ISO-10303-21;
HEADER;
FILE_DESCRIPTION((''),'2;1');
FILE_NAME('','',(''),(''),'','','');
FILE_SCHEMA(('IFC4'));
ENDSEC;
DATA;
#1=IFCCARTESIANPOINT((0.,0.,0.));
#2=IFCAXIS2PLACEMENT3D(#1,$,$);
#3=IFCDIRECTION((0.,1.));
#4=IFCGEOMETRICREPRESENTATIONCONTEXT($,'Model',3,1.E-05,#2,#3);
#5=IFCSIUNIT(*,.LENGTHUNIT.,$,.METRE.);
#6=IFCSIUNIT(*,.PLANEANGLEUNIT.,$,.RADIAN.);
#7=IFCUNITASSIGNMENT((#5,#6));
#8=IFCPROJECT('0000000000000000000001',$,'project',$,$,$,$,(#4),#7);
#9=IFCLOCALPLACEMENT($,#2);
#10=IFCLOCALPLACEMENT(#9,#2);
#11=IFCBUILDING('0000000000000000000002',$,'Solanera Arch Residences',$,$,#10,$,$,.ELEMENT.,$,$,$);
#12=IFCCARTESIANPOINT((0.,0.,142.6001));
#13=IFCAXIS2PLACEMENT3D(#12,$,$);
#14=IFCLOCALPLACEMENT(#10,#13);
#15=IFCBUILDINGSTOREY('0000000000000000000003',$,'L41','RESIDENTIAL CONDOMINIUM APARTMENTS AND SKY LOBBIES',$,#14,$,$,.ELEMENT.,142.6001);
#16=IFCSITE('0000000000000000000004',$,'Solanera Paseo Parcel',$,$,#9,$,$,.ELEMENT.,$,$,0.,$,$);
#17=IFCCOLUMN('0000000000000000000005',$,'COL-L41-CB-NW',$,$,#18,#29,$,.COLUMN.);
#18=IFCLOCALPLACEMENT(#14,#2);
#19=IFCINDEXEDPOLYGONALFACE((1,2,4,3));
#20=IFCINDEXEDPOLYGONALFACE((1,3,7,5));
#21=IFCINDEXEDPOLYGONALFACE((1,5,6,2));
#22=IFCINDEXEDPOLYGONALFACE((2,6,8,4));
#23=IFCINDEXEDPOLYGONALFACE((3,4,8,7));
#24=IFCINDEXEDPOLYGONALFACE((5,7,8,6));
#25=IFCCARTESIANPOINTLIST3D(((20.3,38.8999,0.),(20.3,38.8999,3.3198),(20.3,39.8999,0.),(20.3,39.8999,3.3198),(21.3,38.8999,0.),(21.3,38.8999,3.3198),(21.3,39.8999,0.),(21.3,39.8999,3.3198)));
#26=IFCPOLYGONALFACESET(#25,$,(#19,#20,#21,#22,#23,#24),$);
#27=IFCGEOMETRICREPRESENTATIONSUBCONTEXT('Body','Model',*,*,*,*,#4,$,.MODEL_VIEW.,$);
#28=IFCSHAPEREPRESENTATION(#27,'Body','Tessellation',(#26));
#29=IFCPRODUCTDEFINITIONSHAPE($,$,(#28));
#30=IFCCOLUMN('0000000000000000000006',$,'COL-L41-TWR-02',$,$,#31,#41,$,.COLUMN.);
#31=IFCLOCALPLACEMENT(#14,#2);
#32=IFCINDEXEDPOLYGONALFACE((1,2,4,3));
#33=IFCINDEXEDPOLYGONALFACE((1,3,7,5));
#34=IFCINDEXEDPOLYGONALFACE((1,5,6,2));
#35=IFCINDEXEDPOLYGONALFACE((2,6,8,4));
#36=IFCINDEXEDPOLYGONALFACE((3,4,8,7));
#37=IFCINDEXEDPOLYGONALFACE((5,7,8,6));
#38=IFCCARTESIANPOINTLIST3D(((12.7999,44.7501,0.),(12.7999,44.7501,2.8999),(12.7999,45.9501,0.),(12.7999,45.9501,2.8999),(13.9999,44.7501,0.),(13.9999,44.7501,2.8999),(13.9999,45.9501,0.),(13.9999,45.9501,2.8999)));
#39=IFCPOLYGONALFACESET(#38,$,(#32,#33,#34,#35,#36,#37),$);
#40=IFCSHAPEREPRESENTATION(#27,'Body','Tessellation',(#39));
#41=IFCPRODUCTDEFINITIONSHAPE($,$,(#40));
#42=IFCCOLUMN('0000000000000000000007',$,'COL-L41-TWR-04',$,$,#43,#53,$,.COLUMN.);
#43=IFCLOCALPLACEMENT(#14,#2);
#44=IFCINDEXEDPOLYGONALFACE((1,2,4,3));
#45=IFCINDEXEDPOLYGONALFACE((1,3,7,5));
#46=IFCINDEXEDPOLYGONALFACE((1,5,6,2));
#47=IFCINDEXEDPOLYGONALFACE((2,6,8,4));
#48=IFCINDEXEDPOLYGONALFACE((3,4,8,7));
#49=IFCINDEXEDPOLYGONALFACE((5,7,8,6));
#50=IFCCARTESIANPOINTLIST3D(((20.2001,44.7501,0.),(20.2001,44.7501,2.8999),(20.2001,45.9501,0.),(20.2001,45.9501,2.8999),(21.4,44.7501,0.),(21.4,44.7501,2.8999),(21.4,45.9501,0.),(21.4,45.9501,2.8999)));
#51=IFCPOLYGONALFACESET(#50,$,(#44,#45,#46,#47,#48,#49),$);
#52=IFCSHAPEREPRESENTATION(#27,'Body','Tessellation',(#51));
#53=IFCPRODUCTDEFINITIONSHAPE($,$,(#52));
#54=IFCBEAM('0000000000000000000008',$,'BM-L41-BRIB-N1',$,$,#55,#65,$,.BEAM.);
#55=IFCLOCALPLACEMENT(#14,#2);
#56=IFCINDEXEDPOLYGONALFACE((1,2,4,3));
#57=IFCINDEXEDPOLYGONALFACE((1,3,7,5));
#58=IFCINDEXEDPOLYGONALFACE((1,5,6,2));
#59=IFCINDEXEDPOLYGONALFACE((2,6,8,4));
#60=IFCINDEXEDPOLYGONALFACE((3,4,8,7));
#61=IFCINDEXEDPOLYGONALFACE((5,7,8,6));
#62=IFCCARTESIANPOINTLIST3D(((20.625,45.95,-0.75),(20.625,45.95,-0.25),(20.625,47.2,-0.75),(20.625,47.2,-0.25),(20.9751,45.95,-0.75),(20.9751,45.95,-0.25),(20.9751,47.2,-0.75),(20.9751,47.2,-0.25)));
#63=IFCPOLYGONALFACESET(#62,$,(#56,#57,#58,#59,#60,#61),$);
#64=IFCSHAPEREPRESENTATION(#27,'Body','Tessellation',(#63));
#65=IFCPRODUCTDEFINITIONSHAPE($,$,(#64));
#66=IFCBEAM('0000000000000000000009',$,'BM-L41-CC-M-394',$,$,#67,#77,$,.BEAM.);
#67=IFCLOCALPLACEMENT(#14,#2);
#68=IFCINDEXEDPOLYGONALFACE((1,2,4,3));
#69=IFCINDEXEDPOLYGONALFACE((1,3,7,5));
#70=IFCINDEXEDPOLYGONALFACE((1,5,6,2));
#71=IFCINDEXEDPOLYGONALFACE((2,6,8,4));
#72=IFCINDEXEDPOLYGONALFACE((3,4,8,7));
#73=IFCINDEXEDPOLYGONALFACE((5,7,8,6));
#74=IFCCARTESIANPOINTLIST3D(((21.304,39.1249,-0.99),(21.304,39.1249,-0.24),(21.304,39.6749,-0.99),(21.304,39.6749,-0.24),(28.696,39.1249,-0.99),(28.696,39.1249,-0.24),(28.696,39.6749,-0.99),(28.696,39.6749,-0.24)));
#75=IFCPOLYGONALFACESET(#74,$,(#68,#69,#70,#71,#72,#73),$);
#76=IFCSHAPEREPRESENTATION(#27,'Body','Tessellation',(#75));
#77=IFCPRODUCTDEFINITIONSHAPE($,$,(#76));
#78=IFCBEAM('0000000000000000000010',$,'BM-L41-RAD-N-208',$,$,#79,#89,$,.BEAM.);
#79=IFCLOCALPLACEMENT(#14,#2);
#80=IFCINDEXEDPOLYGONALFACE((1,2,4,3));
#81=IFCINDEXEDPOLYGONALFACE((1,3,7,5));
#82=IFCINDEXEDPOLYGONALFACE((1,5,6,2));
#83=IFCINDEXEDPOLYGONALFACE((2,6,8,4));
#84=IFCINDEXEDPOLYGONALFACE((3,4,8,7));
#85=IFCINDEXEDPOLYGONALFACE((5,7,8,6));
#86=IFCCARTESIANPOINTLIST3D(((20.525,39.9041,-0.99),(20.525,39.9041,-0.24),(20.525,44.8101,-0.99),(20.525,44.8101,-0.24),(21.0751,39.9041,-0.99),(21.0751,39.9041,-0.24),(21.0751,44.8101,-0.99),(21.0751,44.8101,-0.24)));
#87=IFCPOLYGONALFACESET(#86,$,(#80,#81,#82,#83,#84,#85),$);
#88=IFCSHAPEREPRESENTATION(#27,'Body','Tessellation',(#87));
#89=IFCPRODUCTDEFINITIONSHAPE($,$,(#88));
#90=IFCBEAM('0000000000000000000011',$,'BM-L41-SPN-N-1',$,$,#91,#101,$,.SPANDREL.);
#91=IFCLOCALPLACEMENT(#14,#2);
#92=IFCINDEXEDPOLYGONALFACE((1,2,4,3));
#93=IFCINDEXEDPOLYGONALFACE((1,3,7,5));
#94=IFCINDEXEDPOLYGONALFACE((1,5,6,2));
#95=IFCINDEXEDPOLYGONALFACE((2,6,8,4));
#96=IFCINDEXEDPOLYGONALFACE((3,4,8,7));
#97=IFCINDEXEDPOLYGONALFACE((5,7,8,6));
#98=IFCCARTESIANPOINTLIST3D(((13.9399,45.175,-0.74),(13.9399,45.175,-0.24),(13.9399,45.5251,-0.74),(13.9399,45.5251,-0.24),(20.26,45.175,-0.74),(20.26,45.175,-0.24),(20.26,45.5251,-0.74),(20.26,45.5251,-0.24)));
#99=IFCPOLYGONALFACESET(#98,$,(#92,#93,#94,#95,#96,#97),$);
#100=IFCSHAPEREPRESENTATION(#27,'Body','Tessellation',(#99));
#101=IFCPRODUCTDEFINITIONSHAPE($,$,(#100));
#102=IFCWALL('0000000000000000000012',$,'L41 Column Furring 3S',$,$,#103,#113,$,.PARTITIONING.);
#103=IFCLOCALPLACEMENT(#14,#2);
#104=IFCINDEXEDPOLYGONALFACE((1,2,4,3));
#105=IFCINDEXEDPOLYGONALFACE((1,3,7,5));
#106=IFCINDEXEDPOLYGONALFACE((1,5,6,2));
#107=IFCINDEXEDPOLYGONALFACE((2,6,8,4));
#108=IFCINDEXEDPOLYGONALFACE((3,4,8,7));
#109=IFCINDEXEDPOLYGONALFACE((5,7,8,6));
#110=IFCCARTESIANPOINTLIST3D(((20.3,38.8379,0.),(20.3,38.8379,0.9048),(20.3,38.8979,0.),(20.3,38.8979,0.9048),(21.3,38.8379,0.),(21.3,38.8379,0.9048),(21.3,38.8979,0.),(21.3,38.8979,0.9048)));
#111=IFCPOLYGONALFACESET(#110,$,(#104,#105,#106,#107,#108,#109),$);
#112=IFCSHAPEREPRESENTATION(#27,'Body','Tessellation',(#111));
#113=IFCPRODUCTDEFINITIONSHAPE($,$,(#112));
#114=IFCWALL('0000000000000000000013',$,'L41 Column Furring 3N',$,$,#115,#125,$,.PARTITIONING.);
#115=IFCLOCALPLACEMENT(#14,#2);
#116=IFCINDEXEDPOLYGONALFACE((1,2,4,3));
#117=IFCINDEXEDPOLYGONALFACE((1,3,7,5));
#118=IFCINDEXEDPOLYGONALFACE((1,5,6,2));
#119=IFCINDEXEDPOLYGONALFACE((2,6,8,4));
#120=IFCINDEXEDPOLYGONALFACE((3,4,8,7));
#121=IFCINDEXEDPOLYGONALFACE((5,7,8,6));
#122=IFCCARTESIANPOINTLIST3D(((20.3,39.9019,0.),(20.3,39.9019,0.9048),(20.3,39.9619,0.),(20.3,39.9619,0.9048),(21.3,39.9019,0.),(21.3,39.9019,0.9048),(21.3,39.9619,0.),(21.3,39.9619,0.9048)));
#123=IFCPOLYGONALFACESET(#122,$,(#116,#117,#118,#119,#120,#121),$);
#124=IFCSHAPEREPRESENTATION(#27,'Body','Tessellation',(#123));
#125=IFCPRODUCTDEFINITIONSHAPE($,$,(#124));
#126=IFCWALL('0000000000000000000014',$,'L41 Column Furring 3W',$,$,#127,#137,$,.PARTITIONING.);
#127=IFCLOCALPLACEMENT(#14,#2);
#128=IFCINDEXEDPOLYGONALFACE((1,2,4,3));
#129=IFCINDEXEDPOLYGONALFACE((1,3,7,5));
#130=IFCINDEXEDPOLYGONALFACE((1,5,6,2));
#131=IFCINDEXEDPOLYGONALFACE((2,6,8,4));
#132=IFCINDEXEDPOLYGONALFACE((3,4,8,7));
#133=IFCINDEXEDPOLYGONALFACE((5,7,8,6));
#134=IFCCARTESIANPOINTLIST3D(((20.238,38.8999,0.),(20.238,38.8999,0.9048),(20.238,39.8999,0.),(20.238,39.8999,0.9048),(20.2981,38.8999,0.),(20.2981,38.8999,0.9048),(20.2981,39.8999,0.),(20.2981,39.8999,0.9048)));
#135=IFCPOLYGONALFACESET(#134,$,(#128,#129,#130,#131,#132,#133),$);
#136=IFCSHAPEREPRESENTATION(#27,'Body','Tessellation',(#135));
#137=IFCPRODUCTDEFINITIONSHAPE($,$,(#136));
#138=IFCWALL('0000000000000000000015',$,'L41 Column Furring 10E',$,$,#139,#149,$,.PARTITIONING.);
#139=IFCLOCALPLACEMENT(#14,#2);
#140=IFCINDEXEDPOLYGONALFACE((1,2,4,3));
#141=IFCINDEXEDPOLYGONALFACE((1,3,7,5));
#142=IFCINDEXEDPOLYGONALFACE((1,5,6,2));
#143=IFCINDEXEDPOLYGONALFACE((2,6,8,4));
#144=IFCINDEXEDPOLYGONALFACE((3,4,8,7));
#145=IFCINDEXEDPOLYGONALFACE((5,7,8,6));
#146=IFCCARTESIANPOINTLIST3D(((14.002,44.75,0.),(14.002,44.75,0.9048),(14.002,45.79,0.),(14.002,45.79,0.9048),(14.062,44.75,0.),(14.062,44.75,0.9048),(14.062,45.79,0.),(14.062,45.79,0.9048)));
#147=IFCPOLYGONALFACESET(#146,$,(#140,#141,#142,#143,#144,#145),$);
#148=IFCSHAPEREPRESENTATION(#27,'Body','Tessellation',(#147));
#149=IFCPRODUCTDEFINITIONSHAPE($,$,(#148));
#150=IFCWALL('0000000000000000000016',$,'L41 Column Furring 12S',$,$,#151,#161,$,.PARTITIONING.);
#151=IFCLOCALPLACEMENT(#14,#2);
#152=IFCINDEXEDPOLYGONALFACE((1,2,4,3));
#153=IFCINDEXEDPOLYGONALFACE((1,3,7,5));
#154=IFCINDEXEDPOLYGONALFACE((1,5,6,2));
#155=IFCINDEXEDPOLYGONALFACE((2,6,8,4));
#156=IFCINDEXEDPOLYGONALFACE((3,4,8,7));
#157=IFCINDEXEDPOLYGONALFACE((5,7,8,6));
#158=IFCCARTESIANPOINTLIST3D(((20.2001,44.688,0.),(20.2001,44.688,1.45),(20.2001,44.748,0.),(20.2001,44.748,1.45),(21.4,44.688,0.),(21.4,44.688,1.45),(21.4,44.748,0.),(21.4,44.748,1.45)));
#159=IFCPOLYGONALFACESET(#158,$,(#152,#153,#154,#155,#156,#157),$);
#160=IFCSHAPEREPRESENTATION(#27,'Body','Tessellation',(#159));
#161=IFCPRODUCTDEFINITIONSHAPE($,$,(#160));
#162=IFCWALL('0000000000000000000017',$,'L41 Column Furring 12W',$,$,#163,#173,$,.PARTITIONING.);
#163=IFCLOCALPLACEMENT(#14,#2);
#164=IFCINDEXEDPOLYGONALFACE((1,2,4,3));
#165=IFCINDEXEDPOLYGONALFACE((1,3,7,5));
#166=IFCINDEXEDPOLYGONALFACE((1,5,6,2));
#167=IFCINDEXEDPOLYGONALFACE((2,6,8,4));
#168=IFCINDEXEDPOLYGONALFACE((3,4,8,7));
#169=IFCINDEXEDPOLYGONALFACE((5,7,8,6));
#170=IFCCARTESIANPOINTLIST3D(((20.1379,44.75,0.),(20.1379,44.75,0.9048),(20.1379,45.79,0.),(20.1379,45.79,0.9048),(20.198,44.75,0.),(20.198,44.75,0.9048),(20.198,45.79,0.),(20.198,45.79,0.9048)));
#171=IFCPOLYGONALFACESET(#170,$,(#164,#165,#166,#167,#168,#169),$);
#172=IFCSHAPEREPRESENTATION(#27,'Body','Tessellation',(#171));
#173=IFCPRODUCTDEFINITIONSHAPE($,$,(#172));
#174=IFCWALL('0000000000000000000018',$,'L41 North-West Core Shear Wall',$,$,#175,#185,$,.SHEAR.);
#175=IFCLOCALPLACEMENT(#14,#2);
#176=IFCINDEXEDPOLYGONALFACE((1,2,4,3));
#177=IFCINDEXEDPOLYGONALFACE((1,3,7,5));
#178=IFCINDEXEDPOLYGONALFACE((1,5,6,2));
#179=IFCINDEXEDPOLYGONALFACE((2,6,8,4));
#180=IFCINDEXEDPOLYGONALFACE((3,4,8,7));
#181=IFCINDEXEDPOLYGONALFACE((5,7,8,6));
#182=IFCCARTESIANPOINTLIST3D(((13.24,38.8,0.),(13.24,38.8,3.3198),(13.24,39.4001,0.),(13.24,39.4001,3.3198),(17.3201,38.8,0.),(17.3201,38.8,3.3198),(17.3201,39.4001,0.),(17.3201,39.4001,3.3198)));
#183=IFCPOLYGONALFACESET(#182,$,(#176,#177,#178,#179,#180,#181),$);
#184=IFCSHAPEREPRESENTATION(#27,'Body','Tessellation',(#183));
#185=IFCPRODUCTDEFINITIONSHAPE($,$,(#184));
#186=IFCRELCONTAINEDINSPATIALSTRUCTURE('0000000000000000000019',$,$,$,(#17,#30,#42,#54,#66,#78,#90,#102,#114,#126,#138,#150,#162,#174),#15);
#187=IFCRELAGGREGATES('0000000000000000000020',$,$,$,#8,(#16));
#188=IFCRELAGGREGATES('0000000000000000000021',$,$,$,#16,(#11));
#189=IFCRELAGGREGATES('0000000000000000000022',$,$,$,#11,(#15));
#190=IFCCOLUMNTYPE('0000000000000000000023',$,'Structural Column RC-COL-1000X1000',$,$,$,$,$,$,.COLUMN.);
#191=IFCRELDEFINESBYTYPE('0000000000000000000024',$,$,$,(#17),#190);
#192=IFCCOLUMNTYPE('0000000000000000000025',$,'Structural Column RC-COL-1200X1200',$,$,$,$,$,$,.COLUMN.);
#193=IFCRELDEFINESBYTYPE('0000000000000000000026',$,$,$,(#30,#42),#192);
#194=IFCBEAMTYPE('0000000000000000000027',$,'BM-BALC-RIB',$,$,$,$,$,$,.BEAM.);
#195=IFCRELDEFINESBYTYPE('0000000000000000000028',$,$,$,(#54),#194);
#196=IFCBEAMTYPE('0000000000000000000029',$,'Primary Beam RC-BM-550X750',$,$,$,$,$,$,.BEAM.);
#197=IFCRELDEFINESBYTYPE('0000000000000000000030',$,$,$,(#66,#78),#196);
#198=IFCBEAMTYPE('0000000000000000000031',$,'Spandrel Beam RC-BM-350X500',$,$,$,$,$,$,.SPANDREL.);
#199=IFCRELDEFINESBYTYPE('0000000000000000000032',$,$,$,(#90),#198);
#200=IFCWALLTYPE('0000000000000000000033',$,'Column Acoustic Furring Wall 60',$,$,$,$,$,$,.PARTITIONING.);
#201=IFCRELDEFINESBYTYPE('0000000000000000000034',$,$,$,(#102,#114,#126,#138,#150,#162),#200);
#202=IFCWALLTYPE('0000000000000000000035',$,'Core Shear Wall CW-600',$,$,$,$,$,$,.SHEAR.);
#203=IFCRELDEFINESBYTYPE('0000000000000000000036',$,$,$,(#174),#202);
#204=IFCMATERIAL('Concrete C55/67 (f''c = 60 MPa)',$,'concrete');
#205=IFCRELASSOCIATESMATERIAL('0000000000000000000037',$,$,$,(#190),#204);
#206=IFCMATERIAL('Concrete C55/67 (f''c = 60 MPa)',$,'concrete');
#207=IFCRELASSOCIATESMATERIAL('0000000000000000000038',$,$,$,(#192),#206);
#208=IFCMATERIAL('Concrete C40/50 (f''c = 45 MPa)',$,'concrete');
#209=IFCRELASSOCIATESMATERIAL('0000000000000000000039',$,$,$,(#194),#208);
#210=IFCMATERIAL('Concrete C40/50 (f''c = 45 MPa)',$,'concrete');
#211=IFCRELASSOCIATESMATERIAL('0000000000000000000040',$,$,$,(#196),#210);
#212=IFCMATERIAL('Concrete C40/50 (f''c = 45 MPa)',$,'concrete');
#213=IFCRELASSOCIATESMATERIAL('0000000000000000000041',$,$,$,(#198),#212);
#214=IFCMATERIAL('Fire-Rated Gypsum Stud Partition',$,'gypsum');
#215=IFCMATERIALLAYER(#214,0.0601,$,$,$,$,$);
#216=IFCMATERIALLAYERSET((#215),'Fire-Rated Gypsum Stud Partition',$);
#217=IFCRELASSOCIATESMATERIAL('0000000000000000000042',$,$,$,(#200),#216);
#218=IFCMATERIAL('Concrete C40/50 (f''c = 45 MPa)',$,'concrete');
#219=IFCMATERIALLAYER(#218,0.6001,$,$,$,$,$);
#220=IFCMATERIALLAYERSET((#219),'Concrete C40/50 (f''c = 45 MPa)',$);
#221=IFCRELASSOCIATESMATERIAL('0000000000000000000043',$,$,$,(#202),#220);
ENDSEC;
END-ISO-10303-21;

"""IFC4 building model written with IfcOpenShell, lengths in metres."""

from ifc_helpers import new_model, si_unit, direction, frame, frame_2d, origin, origin_2d, place, context, subcontext, project, spatial, rectangle, extrude, material, layer, layer_set, material_profile, profile_set, type_object, element, save


model = new_model("IFC4")

# Units and contexts
model_context = context("Model", 3, precision=1e-05, world=origin(), true_north=direction((0.0, 1.0)))
body_context = subcontext(model_context, "Body", "Model", "MODEL_VIEW")
ifc_project = project(units=[si_unit("LENGTHUNIT", "METRE"), si_unit("PLANEANGLEUNIT", "RADIAN")], contexts=[model_context])

# Site, building, storey
site_placement = place(None, origin())
site = spatial("IfcSite", under=ifc_project, at=site_placement, Name="Solanera Paseo Parcel", CompositionType="ELEMENT", RefElevation=0.0)
building_placement = place(site_placement, origin())
building = spatial("IfcBuilding", under=site, at=building_placement, Name="Solanera Arch Residences", CompositionType="ELEMENT")
storey_placement = place(building_placement, frame((0.0, 0.0, 142.6001)))
storey = spatial("IfcBuildingStorey", under=building, at=storey_placement, Name="L41", Description="RESIDENTIAL CONDOMINIUM APARTMENTS AND SKY LOBBIES", CompositionType="ELEMENT", Elevation=142.6001)

# Columns
ifc_material_1 = material(Name="Concrete C55/67 (f'c = 60 MPa)", Category="concrete")
ifc_material_profile_1 = material_profile(ifc_material_1, rectangle(XDim=1.0, YDim=1.0, at=origin_2d()))
ifc_profile_set_1 = profile_set([ifc_material_profile_1], Name="Concrete C55/67 (f'c = 60 MPa)")
column_type_1 = type_object("IfcColumnType", Name="Structural Column RC-COL-1000X1000", PredefinedType="COLUMN", material=ifc_profile_set_1)
column_placement = place(storey_placement, frame((20.8, 39.3999, 0.0), z_axis=(0.0, 0.0, 1.0), x_axis=(1.0, 0.0, 0.0)))
element("IfcColumn", 1, at=column_placement, inside=storey, type_object=column_type_1, Name="COL-L41-CB-NW", PredefinedType="COLUMN", context=body_context, shape_type="SweptSolid", body=[
    extrude(rectangle(XDim=1.0, YDim=1.0, at=origin_2d()), origin(), (0.0, 0.0, 1.0), 3.3198),
])
ifc_material_2 = material(Name="Concrete C55/67 (f'c = 60 MPa)", Category="concrete")
ifc_material_profile_2 = material_profile(ifc_material_2, rectangle(XDim=1.2, YDim=1.2, at=origin_2d()))
ifc_profile_set_2 = profile_set([ifc_material_profile_2], Name="Concrete C55/67 (f'c = 60 MPa)")
column_type_2 = type_object("IfcColumnType", Name="Structural Column RC-COL-1200X1200", PredefinedType="COLUMN", material=ifc_profile_set_2)
for number, where, z_axis, x_axis, name in (
    (2, (13.3999, 45.3501, 0.0), (0.0, 0.0, 1.0), (1.0, 0.0, 0.0), "COL-L41-TWR-02"),
    (3, (20.8, 45.3501, 0.0), (0.0, 0.0, 1.0), (1.0, 0.0, 0.0), "COL-L41-TWR-04"),
):
    element("IfcColumn", number, at=place(storey_placement, frame(where, z_axis=z_axis, x_axis=x_axis)), inside=storey, type_object=column_type_2, Name=name, PredefinedType="COLUMN", context=body_context, shape_type="SweptSolid", body=[
        extrude(rectangle(XDim=1.2, YDim=1.2, at=origin_2d()), origin(), (0.0, 0.0, 1.0), 2.8999),
    ])

# Beams
ifc_material_3 = material(Name="Concrete C40/50 (f'c = 45 MPa)", Category="concrete")
ifc_material_profile_3 = material_profile(ifc_material_3, rectangle(XDim=0.3501, YDim=0.5, at=origin_2d()))
ifc_profile_set_3 = profile_set([ifc_material_profile_3], Name="Concrete C40/50 (f'c = 45 MPa)")
beam_type_1 = type_object("IfcBeamType", Name="BM-BALC-RIB", PredefinedType="BEAM", material=ifc_profile_set_3)
beam_1_placement = place(storey_placement, frame((20.8, 45.95, -0.5), z_axis=(0.0, 1.0, 0.0), x_axis=(-1.0, 0.0, 0.0)))
element("IfcBeam", 4, at=beam_1_placement, inside=storey, type_object=beam_type_1, Name="BM-L41-BRIB-N1", PredefinedType="BEAM", context=body_context, shape_type="SweptSolid", body=[
    extrude(rectangle(XDim=0.3501, YDim=0.5, at=origin_2d()), origin(), (0.0, 0.0, 1.0), 1.25),
])
ifc_material_4 = material(Name="Concrete C40/50 (f'c = 45 MPa)", Category="concrete")
ifc_material_profile_4 = material_profile(ifc_material_4, rectangle(XDim=0.55, YDim=0.75, at=origin_2d()))
ifc_profile_set_4 = profile_set([ifc_material_profile_4], Name="Concrete C40/50 (f'c = 45 MPa)")
beam_type_2 = type_object("IfcBeamType", Name="Primary Beam RC-BM-550X750", PredefinedType="BEAM", material=ifc_profile_set_4)
beam_2_placement = place(storey_placement, frame((21.304, 39.3999, -0.615), z_axis=(1.0, 0.0, 0.0), x_axis=(0.0, 1.0, 0.0)))
element("IfcBeam", 5, at=beam_2_placement, inside=storey, type_object=beam_type_2, Name="BM-L41-CC-M-394", PredefinedType="BEAM", context=body_context, shape_type="SweptSolid", body=[
    extrude(rectangle(XDim=0.55, YDim=0.75, at=origin_2d()), origin(), (0.0, 0.0, 1.0), 7.3921),
])
beam_3_placement = place(storey_placement, frame((20.8, 39.9041, -0.615), z_axis=(0.0, 1.0, 0.0), x_axis=(-1.0, 0.0, 0.0)))
element("IfcBeam", 6, at=beam_3_placement, inside=storey, type_object=beam_type_2, Name="BM-L41-RAD-N-208", PredefinedType="BEAM", context=body_context, shape_type="SweptSolid", body=[
    extrude(rectangle(XDim=0.55, YDim=0.75, at=origin_2d()), origin(), (0.0, 0.0, 1.0), 4.906),
])
ifc_material_5 = material(Name="Concrete C40/50 (f'c = 45 MPa)", Category="concrete")
ifc_material_profile_5 = material_profile(ifc_material_5, rectangle(XDim=0.3501, YDim=0.5, at=origin_2d()))
ifc_profile_set_5 = profile_set([ifc_material_profile_5], Name="Concrete C40/50 (f'c = 45 MPa)")
beam_type_3 = type_object("IfcBeamType", Name="Spandrel Beam RC-BM-350X500", PredefinedType="SPANDREL", material=ifc_profile_set_5)
beam_4_placement = place(storey_placement, frame((13.9399, 45.3501, -0.49), z_axis=(1.0, 0.0, 0.0), x_axis=(0.0, 1.0, 0.0)))
element("IfcBeam", 7, at=beam_4_placement, inside=storey, type_object=beam_type_3, Name="BM-L41-SPN-N-1", PredefinedType="SPANDREL", context=body_context, shape_type="SweptSolid", body=[
    extrude(rectangle(XDim=0.3501, YDim=0.5, at=origin_2d()), origin(), (0.0, 0.0, 1.0), 6.3201),
])

# Walls
ifc_material_6 = material(Name="Fire-Rated Gypsum Stud Partition", Category="gypsum")
ifc_layer_1 = layer(ifc_material_6, 0.0601)
ifc_layer_set_1 = layer_set([ifc_layer_1], Name="Fire-Rated Gypsum Stud Partition")
wall_type_1 = type_object("IfcWallType", Name="Column Acoustic Furring Wall 60", PredefinedType="PARTITIONING", material=ifc_layer_set_1)
for number, where, z_axis, x_axis, name in (
    (8, (20.3, 38.8679, 0.0), (0.0, 0.0, 1.0), (1.0, 0.0, 0.0), "L41 Column Furring 3S"),
    (9, (20.3, 39.9319, 0.0), (0.0, 0.0, 1.0), (1.0, 0.0, 0.0), "L41 Column Furring 3N"),
    (10, (20.2681, 38.8999, 0.0), (0.0, 0.0, 1.0), (0.0, 1.0, 0.0), "L41 Column Furring 3W"),
):
    element("IfcWall", number, at=place(storey_placement, frame(where, z_axis=z_axis, x_axis=x_axis)), inside=storey, type_object=wall_type_1, Name=name, PredefinedType="PARTITIONING", context=body_context, shape_type="SweptSolid", body=[
        extrude(rectangle(XDim=1.0, YDim=0.0601, at=frame_2d((0.5, 0.0))), origin(), (0.0, 0.0, 1.0), 0.9048),
    ])
wall_1_placement = place(storey_placement, frame((14.032, 44.75, 0.0), z_axis=(0.0, 0.0, 1.0), x_axis=(0.0, 1.0, 0.0)))
element("IfcWall", 11, at=wall_1_placement, inside=storey, type_object=wall_type_1, Name="L41 Column Furring 10E", PredefinedType="PARTITIONING", context=body_context, shape_type="SweptSolid", body=[
    extrude(rectangle(XDim=1.04, YDim=0.0601, at=frame_2d((0.52, 0.0))), origin(), (0.0, 0.0, 1.0), 0.9048),
])
wall_2_placement = place(storey_placement, frame((20.2, 44.718, 0.0), z_axis=(0.0, 0.0, 1.0), x_axis=(1.0, 0.0, 0.0)))
element("IfcWall", 12, at=wall_2_placement, inside=storey, type_object=wall_type_1, Name="L41 Column Furring 12S", PredefinedType="PARTITIONING", context=body_context, shape_type="SweptSolid", body=[
    extrude(rectangle(XDim=1.2, YDim=0.0601, at=frame_2d((0.6001, 0.0))), origin(), (0.0, 0.0, 1.0), 1.45),
])
wall_3_placement = place(storey_placement, frame((20.168, 44.75, 0.0), z_axis=(0.0, 0.0, 1.0), x_axis=(0.0, 1.0, 0.0)))
element("IfcWall", 13, at=wall_3_placement, inside=storey, type_object=wall_type_1, Name="L41 Column Furring 12W", PredefinedType="PARTITIONING", context=body_context, shape_type="SweptSolid", body=[
    extrude(rectangle(XDim=1.04, YDim=0.0601, at=frame_2d((0.52, 0.0))), origin(), (0.0, 0.0, 1.0), 0.9048),
])
ifc_material_7 = material(Name="Concrete C40/50 (f'c = 45 MPa)", Category="concrete")
ifc_layer_2 = layer(ifc_material_7, 0.6001)
ifc_layer_set_2 = layer_set([ifc_layer_2], Name="Concrete C40/50 (f'c = 45 MPa)")
wall_type_2 = type_object("IfcWallType", Name="Core Shear Wall CW-600", PredefinedType="SHEAR", material=ifc_layer_set_2)
wall_4_placement = place(storey_placement, frame((13.24, 39.1001, 0.0), z_axis=(0.0, 0.0, 1.0), x_axis=(1.0, 0.0, 0.0)))
element("IfcWall", 14, at=wall_4_placement, inside=storey, type_object=wall_type_2, Name="L41 North-West Core Shear Wall", PredefinedType="SHEAR", context=body_context, shape_type="SweptSolid", body=[
    extrude(rectangle(XDim=4.0801, YDim=0.6001, at=frame_2d((2.04, 0.0))), origin(), (0.0, 0.0, 1.0), 3.3198),
])

save(model, "model.ifc")
